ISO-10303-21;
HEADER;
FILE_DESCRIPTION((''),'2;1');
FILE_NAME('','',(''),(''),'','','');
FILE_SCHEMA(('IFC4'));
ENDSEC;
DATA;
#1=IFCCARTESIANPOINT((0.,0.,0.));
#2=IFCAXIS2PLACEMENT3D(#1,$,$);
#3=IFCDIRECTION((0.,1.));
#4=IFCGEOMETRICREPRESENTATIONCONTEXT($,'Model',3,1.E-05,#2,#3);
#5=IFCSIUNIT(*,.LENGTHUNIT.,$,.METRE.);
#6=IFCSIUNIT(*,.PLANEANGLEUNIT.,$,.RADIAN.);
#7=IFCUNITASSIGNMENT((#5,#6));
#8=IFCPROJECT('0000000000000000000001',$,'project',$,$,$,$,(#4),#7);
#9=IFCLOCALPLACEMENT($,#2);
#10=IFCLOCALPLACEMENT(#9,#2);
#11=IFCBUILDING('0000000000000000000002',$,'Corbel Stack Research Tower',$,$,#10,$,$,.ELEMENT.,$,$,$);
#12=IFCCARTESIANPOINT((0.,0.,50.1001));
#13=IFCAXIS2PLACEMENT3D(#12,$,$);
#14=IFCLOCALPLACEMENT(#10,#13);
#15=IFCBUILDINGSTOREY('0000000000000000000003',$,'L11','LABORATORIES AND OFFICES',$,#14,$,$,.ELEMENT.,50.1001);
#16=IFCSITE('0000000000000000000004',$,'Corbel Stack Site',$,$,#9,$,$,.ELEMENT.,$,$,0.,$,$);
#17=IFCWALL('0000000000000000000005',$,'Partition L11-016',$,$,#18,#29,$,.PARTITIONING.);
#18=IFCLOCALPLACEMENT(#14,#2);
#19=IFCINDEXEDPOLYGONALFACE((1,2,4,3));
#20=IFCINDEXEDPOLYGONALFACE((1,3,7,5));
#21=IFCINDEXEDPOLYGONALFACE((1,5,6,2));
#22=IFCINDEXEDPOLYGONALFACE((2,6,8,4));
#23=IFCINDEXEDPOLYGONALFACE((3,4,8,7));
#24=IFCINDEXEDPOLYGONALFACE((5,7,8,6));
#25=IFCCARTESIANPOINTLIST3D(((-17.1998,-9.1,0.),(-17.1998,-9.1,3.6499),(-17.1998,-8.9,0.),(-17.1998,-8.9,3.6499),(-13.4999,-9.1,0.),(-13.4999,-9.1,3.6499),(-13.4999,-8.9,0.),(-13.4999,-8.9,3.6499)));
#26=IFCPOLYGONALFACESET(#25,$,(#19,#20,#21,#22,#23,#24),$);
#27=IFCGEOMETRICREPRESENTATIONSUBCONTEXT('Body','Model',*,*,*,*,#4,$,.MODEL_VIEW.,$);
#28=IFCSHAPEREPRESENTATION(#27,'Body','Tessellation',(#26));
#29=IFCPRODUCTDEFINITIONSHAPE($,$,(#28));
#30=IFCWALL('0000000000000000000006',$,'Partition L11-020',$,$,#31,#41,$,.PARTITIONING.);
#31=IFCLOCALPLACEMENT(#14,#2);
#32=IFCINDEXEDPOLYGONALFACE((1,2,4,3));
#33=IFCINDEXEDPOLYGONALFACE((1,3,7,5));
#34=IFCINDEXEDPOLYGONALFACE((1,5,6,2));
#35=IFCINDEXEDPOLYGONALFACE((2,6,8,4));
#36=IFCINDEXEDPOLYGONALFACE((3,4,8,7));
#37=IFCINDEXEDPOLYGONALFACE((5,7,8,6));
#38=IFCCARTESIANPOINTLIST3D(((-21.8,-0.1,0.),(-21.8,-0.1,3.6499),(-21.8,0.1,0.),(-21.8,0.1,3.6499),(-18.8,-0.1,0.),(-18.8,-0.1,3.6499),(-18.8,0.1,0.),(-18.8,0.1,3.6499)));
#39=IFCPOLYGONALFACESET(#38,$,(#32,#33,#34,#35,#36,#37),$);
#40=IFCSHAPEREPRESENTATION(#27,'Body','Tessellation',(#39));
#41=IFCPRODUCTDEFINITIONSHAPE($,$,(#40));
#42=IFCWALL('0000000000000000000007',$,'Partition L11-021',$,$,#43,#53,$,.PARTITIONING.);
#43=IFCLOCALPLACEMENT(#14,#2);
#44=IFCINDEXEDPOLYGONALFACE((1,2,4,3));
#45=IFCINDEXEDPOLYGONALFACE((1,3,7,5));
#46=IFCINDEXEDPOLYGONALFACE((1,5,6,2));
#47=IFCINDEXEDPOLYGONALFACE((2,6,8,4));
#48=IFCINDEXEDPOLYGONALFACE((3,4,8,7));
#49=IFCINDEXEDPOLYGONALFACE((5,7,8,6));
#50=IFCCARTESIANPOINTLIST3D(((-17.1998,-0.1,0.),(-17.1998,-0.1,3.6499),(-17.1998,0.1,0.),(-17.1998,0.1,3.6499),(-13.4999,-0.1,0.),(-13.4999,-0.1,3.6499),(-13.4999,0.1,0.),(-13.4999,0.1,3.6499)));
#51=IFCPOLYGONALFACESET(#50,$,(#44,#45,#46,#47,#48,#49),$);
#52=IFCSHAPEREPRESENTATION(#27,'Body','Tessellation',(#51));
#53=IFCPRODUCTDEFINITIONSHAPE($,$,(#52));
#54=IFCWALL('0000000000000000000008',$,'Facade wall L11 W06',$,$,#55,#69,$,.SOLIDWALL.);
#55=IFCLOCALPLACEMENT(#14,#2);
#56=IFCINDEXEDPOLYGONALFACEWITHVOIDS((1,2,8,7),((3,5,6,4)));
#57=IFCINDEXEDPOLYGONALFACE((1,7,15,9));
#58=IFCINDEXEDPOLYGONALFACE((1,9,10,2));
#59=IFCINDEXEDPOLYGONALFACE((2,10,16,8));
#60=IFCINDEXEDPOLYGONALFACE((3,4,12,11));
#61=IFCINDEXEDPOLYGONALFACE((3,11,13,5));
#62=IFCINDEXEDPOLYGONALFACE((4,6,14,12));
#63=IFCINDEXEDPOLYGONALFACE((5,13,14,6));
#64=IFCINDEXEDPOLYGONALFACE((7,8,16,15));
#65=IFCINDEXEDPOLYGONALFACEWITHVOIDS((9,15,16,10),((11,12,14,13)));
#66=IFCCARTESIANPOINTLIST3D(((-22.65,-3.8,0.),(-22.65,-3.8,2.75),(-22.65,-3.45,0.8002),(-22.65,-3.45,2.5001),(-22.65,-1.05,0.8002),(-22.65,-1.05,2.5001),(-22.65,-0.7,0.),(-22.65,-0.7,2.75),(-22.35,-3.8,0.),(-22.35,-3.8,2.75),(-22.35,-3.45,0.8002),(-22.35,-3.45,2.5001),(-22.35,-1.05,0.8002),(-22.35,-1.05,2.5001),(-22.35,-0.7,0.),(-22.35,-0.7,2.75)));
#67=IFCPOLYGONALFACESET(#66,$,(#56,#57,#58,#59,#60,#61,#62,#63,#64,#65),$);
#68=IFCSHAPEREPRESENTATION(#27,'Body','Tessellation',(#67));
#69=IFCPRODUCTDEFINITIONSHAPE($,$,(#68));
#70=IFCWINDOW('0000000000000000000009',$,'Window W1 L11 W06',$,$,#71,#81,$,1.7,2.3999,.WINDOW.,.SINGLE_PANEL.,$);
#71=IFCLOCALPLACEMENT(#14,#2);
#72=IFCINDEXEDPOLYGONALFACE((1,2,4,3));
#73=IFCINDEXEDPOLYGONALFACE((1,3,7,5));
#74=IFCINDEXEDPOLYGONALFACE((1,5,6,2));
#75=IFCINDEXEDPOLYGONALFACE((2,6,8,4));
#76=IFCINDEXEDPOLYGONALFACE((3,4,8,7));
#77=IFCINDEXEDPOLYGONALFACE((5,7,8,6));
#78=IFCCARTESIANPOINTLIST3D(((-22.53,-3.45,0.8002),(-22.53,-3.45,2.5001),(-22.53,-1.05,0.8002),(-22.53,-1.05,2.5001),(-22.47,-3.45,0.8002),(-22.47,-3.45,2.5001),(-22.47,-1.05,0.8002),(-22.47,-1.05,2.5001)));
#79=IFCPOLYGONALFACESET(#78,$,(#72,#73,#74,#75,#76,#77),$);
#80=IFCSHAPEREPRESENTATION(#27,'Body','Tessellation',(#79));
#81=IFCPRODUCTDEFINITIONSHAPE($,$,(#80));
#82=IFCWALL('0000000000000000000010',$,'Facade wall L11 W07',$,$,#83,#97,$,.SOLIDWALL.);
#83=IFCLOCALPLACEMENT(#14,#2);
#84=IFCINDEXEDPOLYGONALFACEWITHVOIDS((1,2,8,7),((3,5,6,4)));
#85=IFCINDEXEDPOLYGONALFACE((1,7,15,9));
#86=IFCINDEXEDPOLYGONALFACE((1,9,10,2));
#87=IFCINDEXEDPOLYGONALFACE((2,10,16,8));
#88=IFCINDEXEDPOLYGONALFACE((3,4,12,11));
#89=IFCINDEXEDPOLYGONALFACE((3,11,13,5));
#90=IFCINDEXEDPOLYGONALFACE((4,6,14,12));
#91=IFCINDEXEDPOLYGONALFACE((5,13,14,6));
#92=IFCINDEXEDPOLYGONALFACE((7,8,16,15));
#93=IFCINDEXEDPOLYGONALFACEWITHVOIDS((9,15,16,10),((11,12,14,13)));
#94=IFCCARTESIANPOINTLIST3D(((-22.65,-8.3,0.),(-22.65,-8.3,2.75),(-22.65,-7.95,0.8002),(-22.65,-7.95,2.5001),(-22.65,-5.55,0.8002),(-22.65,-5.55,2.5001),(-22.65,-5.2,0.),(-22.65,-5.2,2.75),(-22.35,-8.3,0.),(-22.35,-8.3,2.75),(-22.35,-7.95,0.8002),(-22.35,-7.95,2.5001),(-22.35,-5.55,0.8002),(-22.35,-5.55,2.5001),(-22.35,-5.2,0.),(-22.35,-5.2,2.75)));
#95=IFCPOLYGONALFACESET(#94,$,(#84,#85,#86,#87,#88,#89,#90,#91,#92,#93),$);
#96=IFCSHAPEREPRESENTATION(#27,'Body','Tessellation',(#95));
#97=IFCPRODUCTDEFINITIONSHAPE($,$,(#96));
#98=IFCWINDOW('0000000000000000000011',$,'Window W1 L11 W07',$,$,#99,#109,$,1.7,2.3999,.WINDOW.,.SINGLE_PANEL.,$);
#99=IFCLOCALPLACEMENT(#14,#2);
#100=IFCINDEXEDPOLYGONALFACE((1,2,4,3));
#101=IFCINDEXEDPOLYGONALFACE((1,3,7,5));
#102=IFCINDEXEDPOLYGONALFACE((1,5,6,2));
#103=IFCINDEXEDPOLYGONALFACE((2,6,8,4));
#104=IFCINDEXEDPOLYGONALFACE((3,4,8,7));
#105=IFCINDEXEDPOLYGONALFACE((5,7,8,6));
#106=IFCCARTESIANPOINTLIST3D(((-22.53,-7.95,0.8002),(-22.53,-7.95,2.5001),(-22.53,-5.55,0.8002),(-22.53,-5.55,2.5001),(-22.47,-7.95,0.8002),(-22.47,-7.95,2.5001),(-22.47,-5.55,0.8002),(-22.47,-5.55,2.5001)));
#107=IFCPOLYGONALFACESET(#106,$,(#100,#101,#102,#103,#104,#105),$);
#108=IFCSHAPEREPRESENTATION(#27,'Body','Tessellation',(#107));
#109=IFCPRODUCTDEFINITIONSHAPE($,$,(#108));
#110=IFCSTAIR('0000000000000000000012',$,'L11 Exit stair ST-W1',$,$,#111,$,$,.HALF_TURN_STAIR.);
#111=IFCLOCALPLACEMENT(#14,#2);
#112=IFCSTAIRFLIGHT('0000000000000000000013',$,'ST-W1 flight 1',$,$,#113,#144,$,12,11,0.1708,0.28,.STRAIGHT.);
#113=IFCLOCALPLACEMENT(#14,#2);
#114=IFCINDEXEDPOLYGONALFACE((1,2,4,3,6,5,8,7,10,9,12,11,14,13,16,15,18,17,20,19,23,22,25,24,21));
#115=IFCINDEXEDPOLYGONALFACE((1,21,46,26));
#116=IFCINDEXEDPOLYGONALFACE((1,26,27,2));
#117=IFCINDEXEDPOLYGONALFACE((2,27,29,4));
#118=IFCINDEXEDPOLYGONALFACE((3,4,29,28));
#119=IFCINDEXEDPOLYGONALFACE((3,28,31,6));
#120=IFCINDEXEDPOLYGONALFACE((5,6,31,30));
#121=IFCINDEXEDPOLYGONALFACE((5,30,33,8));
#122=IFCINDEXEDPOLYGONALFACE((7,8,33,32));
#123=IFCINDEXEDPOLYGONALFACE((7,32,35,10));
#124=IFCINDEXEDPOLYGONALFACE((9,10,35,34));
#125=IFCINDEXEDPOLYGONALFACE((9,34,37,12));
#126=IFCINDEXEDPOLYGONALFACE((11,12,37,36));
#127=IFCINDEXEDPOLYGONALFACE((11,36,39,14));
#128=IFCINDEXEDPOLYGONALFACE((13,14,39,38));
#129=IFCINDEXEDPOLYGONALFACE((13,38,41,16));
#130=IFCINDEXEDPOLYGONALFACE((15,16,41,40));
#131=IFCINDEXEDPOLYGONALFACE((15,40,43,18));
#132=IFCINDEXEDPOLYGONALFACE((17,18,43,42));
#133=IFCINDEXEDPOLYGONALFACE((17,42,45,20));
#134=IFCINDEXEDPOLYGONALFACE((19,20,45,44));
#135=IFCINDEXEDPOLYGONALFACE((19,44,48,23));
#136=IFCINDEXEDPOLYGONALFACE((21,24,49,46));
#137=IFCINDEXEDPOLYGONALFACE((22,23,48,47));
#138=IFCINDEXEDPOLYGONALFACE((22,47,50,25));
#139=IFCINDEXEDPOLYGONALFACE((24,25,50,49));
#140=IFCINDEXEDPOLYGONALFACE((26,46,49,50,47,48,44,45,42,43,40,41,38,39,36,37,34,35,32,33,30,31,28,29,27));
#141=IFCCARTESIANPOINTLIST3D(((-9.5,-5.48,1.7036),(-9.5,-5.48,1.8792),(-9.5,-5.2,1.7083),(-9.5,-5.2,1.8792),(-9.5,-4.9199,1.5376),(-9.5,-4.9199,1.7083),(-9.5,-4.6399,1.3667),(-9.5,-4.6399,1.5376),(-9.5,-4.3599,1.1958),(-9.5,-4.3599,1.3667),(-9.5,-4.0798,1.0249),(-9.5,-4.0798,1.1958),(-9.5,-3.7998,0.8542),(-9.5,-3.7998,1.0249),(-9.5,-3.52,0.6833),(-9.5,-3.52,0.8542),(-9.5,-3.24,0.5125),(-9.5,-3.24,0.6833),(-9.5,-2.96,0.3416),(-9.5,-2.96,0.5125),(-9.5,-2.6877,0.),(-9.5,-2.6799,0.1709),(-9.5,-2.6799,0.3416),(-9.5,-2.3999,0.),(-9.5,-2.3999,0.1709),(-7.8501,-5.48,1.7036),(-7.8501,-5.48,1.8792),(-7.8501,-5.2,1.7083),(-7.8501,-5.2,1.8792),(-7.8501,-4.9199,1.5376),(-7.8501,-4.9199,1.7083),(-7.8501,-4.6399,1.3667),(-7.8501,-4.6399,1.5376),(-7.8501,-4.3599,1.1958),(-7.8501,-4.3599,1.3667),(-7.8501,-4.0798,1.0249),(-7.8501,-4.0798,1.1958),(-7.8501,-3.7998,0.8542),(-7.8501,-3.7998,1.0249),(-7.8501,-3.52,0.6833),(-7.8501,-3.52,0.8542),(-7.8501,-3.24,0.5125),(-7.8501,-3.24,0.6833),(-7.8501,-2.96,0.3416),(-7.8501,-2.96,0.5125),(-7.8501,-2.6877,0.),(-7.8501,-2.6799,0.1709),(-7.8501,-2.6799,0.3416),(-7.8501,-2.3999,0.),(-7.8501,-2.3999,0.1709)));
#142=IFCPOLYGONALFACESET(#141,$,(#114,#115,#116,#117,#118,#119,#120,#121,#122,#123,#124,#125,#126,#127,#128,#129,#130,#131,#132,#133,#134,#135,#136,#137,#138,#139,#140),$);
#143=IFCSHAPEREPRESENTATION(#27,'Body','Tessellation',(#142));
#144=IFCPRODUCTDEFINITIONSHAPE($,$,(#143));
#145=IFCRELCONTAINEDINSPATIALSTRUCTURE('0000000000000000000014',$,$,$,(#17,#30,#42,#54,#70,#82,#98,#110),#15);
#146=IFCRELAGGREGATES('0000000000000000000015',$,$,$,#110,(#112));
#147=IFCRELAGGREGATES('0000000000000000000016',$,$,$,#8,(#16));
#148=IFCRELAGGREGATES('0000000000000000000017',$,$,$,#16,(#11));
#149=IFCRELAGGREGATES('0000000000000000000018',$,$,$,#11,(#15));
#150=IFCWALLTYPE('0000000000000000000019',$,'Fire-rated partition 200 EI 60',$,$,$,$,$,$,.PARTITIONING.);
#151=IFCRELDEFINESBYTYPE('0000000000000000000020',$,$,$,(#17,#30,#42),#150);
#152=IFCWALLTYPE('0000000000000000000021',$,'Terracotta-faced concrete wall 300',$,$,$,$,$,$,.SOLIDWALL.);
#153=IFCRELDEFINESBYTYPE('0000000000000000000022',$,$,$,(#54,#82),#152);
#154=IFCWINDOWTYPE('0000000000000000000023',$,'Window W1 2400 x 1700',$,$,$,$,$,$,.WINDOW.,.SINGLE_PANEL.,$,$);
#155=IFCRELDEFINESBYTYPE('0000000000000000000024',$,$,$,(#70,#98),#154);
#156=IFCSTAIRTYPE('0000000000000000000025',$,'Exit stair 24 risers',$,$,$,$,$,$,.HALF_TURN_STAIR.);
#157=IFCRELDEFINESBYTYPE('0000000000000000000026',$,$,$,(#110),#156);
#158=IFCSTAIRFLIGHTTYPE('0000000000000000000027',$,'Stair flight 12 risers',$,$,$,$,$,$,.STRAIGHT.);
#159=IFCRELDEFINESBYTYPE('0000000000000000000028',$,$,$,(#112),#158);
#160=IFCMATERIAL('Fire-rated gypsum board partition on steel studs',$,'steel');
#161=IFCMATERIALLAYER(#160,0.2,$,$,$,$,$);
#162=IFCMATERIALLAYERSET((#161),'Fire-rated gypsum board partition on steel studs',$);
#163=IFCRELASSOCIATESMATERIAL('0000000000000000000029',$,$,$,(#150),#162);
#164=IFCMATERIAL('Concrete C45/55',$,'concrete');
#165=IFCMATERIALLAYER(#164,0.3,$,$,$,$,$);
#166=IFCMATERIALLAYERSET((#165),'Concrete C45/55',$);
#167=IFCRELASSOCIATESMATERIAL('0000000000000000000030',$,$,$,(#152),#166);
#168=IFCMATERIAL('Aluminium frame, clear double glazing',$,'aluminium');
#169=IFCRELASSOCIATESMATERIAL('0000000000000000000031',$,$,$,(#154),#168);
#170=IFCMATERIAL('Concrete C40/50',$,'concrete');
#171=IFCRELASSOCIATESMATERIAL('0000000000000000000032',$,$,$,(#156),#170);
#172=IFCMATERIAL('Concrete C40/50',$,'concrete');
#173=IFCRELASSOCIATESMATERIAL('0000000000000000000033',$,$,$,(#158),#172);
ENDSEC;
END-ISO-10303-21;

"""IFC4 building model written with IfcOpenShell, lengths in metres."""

from ifc_helpers import new_model, si_unit, direction, frame, frame_2d, origin, place, context, subcontext, project, spatial, polyline, rectangle, outline, extrude, material, layer, layer_set, type_object, element, fill, aggregate, save


model = new_model("IFC4")

# Units and contexts
model_context = context("Model", 3, precision=1e-05, world=origin(), true_north=direction((0.0, 1.0)))
body_context = subcontext(model_context, "Body", "Model", "MODEL_VIEW")
ifc_project = project(units=[si_unit("LENGTHUNIT", "METRE"), si_unit("PLANEANGLEUNIT", "RADIAN")], contexts=[model_context])

# Site, building, storey
site_placement = place(None, origin())
site = spatial("IfcSite", under=ifc_project, at=site_placement, Name="Corbel Stack Site", CompositionType="ELEMENT", RefElevation=0.0)
building_placement = place(site_placement, origin())
building = spatial("IfcBuilding", under=site, at=building_placement, Name="Corbel Stack Research Tower", CompositionType="ELEMENT")
storey_placement = place(building_placement, frame((0.0, 0.0, 50.1001)))
storey = spatial("IfcBuildingStorey", under=building, at=storey_placement, Name="L11", Description="LABORATORIES AND OFFICES", CompositionType="ELEMENT", Elevation=50.1001)

# Shared definitions
ifc_material_1 = material(Name="Fire-rated gypsum board partition on steel studs", Category="steel")
ifc_layer_1 = layer(ifc_material_1, 0.2)
ifc_layer_set_1 = layer_set([ifc_layer_1], Name="Fire-rated gypsum board partition on steel studs")
wall_type_1 = type_object("IfcWallType", Name="Fire-rated partition 200 EI 60", PredefinedType="PARTITIONING", material=ifc_layer_set_1)

# Walls
wall_1_placement = place(storey_placement, frame((-17.2, -9.0, 0.0), z_axis=(0.0, 0.0, 1.0), x_axis=(1.0, 0.0, 0.0)))
element("IfcWall", 1, at=wall_1_placement, inside=storey, type_object=wall_type_1, Name="Partition L11-016", PredefinedType="PARTITIONING", context=body_context, shape_type="SweptSolid", body=[
    extrude(rectangle(XDim=3.7, YDim=0.2, at=frame_2d((1.8501, 0.0))), origin(), (0.0, 0.0, 1.0), 3.6499),
])
wall_2_placement = place(storey_placement, frame((-21.8, 0.0, 0.0), z_axis=(0.0, 0.0, 1.0), x_axis=(1.0, 0.0, 0.0)))
element("IfcWall", 2, at=wall_2_placement, inside=storey, type_object=wall_type_1, Name="Partition L11-020", PredefinedType="PARTITIONING", context=body_context, shape_type="SweptSolid", body=[
    extrude(rectangle(XDim=3.0, YDim=0.2, at=frame_2d((1.5, 0.0))), origin(), (0.0, 0.0, 1.0), 3.6499),
])
wall_3_placement = place(storey_placement, frame((-17.2, 0.0, 0.0), z_axis=(0.0, 0.0, 1.0), x_axis=(1.0, 0.0, 0.0)))
element("IfcWall", 3, at=wall_3_placement, inside=storey, type_object=wall_type_1, Name="Partition L11-021", PredefinedType="PARTITIONING", context=body_context, shape_type="SweptSolid", body=[
    extrude(rectangle(XDim=3.7, YDim=0.2, at=frame_2d((1.8501, 0.0))), origin(), (0.0, 0.0, 1.0), 3.6499),
])

# Walls, openings, windows
ifc_material_2 = material(Name="Concrete C45/55", Category="concrete")
ifc_layer_2 = layer(ifc_material_2, 0.3)
ifc_layer_set_2 = layer_set([ifc_layer_2], Name="Concrete C45/55")
wall_type_2 = type_object("IfcWallType", Name="Terracotta-faced concrete wall 300", PredefinedType="SOLIDWALL", material=ifc_layer_set_2)
wall_4_placement = place(storey_placement, frame((-22.5, -3.8, 0.0), z_axis=(0.0, 0.0, 1.0), x_axis=(0.0, 1.0, 0.0)))
wall_4 = element("IfcWall", 4, at=wall_4_placement, inside=storey, type_object=wall_type_2, Name="Facade wall L11 W06", PredefinedType="SOLIDWALL", context=body_context, shape_type="SweptSolid", body=[
    extrude(rectangle(XDim=3.1001, YDim=0.3, at=frame_2d((1.55, 0.0))), origin(), (0.0, 0.0, 1.0), 2.75),
])
opening_1_placement = place(wall_4_placement, frame((0.3501, 0.0, 0.8)))
opening_1 = element("IfcOpeningElement", 5, at=opening_1_placement, cuts=wall_4, PredefinedType="OPENING", context=body_context, shape_type="SweptSolid", body=[
    extrude(rectangle(XDim=2.3999, YDim=1.7, at=frame_2d((1.2, 0.8501))), frame((0.0, 0.1599, 0.0), z_axis=(0.0, -1.0, 0.0), x_axis=(1.0, 0.0, 0.0)), (0.0, 0.0, 1.0), 0.3201),
])
ifc_material_3 = material(Name="Aluminium frame, clear double glazing", Category="aluminium")
window_type = type_object("IfcWindowType", Name="Window W1 2400 x 1700", PartitioningType="SINGLE_PANEL", PredefinedType="WINDOW", material=ifc_material_3)
window_1_placement = place(opening_1_placement, origin())
window_1 = element("IfcWindow", 6, at=window_1_placement, inside=storey, type_object=window_type, Name="Window W1 L11 W06", OverallHeight=1.7, OverallWidth=2.3999, PartitioningType="SINGLE_PANEL", PredefinedType="WINDOW", context=body_context, shape_type="SweptSolid", body=[
    extrude(rectangle(XDim=2.3999, YDim=1.7, at=frame_2d((1.2, 0.8501))), frame((0.0, 0.03, 0.0), z_axis=(0.0, -1.0, 0.0), x_axis=(1.0, 0.0, 0.0)), (0.0, 0.0, 1.0), 0.0601),
])
fill(opening_1, window_1)
wall_5_placement = place(storey_placement, frame((-22.5, -8.3, 0.0), z_axis=(0.0, 0.0, 1.0), x_axis=(0.0, 1.0, 0.0)))
wall_5 = element("IfcWall", 7, at=wall_5_placement, inside=storey, type_object=wall_type_2, Name="Facade wall L11 W07", PredefinedType="SOLIDWALL", context=body_context, shape_type="SweptSolid", body=[
    extrude(rectangle(XDim=3.1001, YDim=0.3, at=frame_2d((1.55, 0.0))), origin(), (0.0, 0.0, 1.0), 2.75),
])
opening_2_placement = place(wall_5_placement, frame((0.3501, 0.0, 0.8)))
opening_2 = element("IfcOpeningElement", 8, at=opening_2_placement, cuts=wall_5, PredefinedType="OPENING", context=body_context, shape_type="SweptSolid", body=[
    extrude(rectangle(XDim=2.3999, YDim=1.7, at=frame_2d((1.2, 0.8501))), frame((0.0, 0.1599, 0.0), z_axis=(0.0, -1.0, 0.0), x_axis=(1.0, 0.0, 0.0)), (0.0, 0.0, 1.0), 0.3201),
])
window_2_placement = place(opening_2_placement, origin())
window_2 = element("IfcWindow", 9, at=window_2_placement, inside=storey, type_object=window_type, Name="Window W1 L11 W07", OverallHeight=1.7, OverallWidth=2.3999, PartitioningType="SINGLE_PANEL", PredefinedType="WINDOW", context=body_context, shape_type="SweptSolid", body=[
    extrude(rectangle(XDim=2.3999, YDim=1.7, at=frame_2d((1.2, 0.8501))), frame((0.0, 0.03, 0.0), z_axis=(0.0, -1.0, 0.0), x_axis=(1.0, 0.0, 0.0)), (0.0, 0.0, 1.0), 0.0601),
])
fill(opening_2, window_2)

# Stair, stair flight
ifc_material_4 = material(Name="Concrete C40/50", Category="concrete")
stair_type = type_object("IfcStairType", Name="Exit stair 24 risers", PredefinedType="HALF_TURN_STAIR", material=ifc_material_4)
stair_placement = place(storey_placement, origin())
stair = element("IfcStair", 10, at=stair_placement, inside=storey, type_object=stair_type, Name="L11 Exit stair ST-W1", PredefinedType="HALF_TURN_STAIR")
ifc_material_5 = material(Name="Concrete C40/50", Category="concrete")
stair_flight_type = type_object("IfcStairFlightType", Name="Stair flight 12 risers", PredefinedType="STRAIGHT", material=ifc_material_5)
stair_flight_placement = place(storey_placement, frame((-8.675, -2.3999, 0.0), z_axis=(0.0, 0.0, 1.0), x_axis=(0.0, -1.0, 0.0)))
stair_flight = element("IfcStairFlight", 11, at=stair_flight_placement, type_object=stair_flight_type, Name="ST-W1 flight 1", NumberOfRisers=12, NumberOfTreads=11, PredefinedType="STRAIGHT", RiserHeight=0.1708, TreadLength=0.28, context=body_context, shape_type="SweptSolid", body=[
    extrude(outline(polyline([(0.0, 0.0), (0.0, 0.1709), (0.28, 0.1709), (0.28, 0.3416), (0.5601, 0.3416), (0.5601, 0.5125), (0.8401, 0.5125), (0.8401, 0.6833), (1.1201, 0.6833), (1.1201, 0.8542), (1.3999, 0.8542), (1.3999, 1.0249), (1.6799, 1.0249), (1.6799, 1.1958), (1.96, 1.1958), (1.96, 1.3667), (2.24, 1.3667), (2.24, 1.5376), (2.52, 1.5376), (2.52, 1.7083), (2.8, 1.7083), (2.8, 1.8792), (3.0801, 1.8792), (3.0801, 2.05), (3.0801, 1.7036), (0.2878, 0.0), (0.0, 0.0)])), frame((0.0, 0.825, 0.0), z_axis=(0.0, -1.0, 0.0), x_axis=(1.0, 0.0, 0.0)), (0.0, 0.0, 1.0), 1.6499),
])
aggregate(stair, [stair_flight])

save(model, "model.ifc")
